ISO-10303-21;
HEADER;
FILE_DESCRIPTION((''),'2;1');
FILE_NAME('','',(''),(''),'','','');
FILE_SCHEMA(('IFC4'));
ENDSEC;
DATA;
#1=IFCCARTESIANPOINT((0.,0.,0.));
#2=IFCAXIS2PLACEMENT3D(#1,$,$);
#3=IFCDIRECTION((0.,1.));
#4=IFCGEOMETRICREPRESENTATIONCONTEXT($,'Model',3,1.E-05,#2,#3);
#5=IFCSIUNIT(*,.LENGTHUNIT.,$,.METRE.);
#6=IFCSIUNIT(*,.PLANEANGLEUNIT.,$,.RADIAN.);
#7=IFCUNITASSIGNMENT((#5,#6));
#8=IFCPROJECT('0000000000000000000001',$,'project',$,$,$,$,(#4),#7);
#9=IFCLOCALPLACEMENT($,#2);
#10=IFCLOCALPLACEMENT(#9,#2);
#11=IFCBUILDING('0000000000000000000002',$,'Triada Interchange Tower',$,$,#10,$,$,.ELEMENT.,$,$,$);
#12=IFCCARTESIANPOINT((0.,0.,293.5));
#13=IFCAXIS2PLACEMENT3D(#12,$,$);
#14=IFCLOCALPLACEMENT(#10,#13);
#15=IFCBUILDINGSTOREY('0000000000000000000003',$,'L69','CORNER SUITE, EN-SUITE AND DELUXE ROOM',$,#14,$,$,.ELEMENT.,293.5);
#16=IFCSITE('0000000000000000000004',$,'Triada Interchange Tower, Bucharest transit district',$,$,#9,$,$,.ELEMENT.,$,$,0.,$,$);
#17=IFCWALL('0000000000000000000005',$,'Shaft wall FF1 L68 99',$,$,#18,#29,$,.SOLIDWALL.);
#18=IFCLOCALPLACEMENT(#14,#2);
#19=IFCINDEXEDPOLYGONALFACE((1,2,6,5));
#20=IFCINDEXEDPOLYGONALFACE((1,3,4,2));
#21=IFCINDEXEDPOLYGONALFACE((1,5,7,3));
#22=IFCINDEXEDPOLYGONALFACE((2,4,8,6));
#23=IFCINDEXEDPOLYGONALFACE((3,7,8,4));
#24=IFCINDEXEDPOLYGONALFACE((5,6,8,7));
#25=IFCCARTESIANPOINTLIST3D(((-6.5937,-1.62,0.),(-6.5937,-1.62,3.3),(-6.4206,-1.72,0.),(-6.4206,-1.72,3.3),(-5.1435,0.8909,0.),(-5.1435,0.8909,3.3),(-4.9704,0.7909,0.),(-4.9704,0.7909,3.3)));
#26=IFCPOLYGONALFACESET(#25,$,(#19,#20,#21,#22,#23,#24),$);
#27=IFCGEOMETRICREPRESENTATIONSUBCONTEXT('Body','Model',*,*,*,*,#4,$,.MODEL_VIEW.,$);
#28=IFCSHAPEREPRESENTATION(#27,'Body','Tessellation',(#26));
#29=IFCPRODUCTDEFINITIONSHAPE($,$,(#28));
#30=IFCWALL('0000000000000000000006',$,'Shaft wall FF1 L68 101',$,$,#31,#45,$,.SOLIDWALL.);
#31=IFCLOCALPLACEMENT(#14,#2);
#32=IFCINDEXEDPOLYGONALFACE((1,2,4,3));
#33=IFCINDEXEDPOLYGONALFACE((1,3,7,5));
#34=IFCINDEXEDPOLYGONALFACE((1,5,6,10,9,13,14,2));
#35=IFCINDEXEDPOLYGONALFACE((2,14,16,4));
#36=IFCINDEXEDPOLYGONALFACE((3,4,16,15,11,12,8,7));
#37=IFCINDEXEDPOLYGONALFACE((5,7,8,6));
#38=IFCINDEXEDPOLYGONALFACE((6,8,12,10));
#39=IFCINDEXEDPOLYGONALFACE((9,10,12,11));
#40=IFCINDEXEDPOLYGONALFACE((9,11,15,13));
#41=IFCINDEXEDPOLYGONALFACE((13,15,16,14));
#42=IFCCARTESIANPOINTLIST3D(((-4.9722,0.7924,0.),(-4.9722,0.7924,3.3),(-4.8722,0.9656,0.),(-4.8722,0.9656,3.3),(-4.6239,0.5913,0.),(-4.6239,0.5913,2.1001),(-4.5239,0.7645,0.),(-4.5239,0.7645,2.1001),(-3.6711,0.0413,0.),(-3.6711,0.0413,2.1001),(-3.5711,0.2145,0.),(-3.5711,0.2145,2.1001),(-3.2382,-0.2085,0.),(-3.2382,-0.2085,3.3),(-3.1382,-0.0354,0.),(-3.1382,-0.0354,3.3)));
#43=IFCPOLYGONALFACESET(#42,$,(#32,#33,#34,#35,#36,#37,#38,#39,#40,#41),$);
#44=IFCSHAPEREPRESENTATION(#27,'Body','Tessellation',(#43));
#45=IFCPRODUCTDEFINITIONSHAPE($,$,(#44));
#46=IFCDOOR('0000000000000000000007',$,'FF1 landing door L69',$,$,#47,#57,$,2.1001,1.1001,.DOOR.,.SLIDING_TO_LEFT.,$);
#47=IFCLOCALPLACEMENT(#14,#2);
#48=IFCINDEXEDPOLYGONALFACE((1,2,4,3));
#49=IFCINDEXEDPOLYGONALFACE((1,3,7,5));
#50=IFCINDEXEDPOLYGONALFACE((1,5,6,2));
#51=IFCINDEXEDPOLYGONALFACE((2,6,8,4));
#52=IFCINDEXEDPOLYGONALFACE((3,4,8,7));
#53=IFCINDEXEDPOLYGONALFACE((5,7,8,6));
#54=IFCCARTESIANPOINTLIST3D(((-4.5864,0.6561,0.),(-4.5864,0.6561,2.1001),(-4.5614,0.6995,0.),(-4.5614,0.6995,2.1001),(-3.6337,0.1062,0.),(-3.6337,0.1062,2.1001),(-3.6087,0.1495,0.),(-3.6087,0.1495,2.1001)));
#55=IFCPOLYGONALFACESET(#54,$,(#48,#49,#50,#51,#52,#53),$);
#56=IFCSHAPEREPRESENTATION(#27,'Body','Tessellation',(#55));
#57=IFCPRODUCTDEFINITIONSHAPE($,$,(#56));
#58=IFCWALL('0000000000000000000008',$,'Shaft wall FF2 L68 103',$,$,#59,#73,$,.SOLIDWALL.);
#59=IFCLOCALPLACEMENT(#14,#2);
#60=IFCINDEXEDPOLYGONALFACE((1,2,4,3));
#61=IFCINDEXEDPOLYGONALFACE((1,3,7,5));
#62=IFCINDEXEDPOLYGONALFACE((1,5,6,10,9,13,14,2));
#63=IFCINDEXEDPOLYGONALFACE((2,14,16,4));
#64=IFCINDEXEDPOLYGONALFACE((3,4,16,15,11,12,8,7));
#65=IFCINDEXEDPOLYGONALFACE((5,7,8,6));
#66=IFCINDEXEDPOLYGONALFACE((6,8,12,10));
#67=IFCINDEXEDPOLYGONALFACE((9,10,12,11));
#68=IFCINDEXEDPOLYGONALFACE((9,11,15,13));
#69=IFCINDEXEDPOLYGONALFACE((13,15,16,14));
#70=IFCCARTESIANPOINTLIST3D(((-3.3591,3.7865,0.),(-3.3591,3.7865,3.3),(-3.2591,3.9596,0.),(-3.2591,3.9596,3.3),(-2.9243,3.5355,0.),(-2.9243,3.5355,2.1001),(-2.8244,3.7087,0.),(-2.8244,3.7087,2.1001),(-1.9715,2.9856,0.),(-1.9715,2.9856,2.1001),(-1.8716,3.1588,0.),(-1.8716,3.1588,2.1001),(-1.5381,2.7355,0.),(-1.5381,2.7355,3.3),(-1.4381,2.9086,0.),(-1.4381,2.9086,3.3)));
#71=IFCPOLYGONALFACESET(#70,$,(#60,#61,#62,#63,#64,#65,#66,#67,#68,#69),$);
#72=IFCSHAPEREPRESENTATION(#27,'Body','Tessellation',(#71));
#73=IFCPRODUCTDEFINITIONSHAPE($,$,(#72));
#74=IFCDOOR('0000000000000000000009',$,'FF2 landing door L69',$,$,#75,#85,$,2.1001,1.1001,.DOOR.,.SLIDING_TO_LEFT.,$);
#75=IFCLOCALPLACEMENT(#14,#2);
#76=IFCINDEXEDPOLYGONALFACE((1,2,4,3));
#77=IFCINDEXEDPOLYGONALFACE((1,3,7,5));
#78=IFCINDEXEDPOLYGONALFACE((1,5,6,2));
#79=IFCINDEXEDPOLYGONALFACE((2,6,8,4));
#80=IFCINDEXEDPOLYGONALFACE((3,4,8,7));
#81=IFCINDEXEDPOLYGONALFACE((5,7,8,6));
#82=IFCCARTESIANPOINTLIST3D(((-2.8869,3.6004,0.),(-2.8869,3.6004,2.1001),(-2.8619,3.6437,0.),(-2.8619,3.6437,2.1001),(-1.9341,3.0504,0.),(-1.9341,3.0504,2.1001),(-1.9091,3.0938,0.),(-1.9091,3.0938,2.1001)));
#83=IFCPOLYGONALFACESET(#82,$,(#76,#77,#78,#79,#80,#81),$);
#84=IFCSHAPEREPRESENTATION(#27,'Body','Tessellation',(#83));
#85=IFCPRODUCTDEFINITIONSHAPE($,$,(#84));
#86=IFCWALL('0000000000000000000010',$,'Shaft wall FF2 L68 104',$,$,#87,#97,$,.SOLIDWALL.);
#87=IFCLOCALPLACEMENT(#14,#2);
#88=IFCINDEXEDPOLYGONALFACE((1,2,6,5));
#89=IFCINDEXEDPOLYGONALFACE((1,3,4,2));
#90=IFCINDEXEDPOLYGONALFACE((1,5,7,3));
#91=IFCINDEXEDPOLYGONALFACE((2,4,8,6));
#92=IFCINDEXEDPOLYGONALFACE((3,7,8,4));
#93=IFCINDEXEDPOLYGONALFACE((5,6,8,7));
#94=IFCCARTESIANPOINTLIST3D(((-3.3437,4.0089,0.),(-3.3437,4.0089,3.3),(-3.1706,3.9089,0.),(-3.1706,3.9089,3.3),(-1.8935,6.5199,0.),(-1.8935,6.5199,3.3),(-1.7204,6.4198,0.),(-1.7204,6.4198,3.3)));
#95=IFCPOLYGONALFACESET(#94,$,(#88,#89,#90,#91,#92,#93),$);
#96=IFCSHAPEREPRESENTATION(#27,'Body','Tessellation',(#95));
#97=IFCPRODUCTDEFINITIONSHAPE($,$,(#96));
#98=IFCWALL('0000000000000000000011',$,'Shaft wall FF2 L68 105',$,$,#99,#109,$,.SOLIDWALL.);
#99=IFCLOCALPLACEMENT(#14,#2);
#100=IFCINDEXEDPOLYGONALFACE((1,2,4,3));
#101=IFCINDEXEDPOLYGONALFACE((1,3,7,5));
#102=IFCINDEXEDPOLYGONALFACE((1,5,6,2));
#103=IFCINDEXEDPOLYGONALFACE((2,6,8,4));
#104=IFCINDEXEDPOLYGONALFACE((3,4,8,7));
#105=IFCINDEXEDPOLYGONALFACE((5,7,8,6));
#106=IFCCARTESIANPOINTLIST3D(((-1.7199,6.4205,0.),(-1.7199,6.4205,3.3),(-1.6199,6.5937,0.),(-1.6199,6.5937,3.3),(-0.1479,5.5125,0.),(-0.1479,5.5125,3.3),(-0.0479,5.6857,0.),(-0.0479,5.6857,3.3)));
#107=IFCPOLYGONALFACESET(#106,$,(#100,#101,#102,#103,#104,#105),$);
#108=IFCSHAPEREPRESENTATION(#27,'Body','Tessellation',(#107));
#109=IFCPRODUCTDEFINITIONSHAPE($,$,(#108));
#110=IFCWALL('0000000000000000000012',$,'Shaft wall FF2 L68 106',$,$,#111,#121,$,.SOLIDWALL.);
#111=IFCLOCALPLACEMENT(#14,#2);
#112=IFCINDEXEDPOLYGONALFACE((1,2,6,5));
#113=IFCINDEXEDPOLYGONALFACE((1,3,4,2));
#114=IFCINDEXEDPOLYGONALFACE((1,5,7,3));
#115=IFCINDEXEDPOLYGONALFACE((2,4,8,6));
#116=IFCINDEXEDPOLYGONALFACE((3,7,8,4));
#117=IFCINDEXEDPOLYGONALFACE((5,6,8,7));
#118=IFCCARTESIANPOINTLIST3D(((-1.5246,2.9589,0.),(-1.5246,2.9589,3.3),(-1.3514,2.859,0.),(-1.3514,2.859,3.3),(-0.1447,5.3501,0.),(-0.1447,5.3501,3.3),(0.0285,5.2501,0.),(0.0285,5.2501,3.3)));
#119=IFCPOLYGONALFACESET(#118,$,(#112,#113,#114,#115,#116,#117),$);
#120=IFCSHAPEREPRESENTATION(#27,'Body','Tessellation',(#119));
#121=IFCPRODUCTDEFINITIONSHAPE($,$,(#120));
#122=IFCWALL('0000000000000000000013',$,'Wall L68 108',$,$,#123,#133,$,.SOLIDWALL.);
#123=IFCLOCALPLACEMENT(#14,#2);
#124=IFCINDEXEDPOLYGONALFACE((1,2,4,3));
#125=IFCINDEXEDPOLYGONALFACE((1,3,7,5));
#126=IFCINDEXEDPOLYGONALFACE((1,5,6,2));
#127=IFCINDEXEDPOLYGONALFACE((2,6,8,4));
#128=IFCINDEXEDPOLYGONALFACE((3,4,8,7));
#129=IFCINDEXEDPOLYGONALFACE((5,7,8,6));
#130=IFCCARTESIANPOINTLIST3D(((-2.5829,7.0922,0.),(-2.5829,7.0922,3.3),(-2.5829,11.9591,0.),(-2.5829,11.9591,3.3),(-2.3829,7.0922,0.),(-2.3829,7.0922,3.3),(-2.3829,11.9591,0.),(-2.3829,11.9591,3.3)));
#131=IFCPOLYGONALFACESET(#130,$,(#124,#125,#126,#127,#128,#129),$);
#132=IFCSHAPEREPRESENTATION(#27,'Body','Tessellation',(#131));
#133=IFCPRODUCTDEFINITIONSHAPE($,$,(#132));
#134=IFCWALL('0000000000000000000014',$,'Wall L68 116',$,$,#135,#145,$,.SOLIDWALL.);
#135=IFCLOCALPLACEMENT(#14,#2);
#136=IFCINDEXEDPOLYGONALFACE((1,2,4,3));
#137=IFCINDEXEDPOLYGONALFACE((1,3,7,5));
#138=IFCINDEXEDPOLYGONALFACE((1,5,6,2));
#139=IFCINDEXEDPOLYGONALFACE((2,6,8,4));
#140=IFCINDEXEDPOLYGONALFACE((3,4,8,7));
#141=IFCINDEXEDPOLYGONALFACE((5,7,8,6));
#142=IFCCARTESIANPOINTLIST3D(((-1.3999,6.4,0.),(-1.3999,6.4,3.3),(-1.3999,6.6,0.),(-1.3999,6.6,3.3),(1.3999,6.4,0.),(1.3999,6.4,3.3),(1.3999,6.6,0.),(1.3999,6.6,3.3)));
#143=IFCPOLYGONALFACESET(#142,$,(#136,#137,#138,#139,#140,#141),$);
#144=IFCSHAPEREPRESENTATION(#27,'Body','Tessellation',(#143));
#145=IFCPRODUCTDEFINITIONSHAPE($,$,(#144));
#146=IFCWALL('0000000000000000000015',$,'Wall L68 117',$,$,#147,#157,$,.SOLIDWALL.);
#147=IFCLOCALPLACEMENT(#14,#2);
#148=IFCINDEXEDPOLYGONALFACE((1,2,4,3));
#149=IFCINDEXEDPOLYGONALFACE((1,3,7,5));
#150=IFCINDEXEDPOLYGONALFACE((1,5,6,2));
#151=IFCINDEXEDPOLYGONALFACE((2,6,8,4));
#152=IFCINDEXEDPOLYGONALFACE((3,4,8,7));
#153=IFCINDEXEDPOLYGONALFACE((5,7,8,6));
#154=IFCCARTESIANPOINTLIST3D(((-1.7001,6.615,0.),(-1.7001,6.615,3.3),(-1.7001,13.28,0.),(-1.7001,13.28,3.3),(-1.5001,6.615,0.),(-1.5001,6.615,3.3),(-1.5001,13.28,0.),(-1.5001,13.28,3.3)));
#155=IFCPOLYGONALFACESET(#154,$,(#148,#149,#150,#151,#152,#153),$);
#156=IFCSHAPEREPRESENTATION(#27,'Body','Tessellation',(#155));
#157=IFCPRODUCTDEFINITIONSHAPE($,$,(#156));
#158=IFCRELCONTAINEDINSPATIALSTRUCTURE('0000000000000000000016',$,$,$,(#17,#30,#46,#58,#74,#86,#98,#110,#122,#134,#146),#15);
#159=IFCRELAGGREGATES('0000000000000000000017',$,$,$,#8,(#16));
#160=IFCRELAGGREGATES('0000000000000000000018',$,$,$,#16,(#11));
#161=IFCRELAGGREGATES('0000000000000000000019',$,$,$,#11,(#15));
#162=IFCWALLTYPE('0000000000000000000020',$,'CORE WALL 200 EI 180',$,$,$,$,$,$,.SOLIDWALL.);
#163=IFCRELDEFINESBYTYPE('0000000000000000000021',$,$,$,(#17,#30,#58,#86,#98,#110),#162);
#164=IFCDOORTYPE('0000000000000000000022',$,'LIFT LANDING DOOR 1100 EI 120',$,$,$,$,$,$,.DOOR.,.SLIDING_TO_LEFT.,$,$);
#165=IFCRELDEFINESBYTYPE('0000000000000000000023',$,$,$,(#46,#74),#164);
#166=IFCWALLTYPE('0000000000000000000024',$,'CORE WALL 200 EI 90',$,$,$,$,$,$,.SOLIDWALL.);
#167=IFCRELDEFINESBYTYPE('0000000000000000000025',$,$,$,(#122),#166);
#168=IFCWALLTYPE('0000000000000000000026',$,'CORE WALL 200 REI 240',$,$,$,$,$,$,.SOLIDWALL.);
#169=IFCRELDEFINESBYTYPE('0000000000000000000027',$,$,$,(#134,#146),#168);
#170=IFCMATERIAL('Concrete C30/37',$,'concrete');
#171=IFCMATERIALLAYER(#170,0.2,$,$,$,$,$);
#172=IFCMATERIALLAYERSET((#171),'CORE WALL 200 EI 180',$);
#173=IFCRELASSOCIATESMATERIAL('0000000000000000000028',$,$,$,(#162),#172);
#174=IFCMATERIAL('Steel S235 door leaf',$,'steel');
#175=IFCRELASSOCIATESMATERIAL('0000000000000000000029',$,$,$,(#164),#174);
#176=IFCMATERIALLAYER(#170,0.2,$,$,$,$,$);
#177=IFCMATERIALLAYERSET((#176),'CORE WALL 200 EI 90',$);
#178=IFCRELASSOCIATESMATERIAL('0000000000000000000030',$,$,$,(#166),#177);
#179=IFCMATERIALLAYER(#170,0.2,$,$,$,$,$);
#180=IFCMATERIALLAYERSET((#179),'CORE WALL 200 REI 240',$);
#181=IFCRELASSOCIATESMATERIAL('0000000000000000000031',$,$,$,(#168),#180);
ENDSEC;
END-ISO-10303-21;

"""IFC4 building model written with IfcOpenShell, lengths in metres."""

from ifc_helpers import new_model, si_unit, direction, frame, frame_2d, origin, place, context, subcontext, project, spatial, rectangle, extrude, material, layer, layer_set, type_object, element, fill, save


model = new_model("IFC4")

# Units and contexts
model_context = context("Model", 3, precision=1e-05, world=origin(), true_north=direction((0.0, 1.0)))
body_context = subcontext(model_context, "Body", "Model", "MODEL_VIEW")
ifc_project = project(units=[si_unit("LENGTHUNIT", "METRE"), si_unit("PLANEANGLEUNIT", "RADIAN")], contexts=[model_context])

# Site, building, storey
site_placement = place(None, origin())
site = spatial("IfcSite", under=ifc_project, at=site_placement, Name="Triada Interchange Tower, Bucharest transit district", CompositionType="ELEMENT", RefElevation=0.0)
building_placement = place(site_placement, origin())
building = spatial("IfcBuilding", under=site, at=building_placement, Name="Triada Interchange Tower", CompositionType="ELEMENT")
storey_placement = place(building_placement, frame((0.0, 0.0, 293.5)))
storey = spatial("IfcBuildingStorey", under=building, at=storey_placement, Name="L69", Description="CORNER SUITE, EN-SUITE AND DELUXE ROOM", CompositionType="ELEMENT", Elevation=293.5)

# Shared definitions
ifc_material_1 = material(Name="Concrete C30/37", Category="concrete")

# Shared definitions
ifc_layer_1 = layer(ifc_material_1, 0.2)
ifc_layer_set_1 = layer_set([ifc_layer_1], Name="CORE WALL 200 EI 180")
wall_type_1 = type_object("IfcWallType", Name="CORE WALL 200 EI 180", PredefinedType="SOLIDWALL", material=ifc_layer_set_1)
ifc_material_2 = material(Name="Steel S235 door leaf", Category="steel")
door_type_1 = type_object("IfcDoorType", Name="LIFT LANDING DOOR 1100 EI 120", OperationType="SLIDING_TO_LEFT", PredefinedType="DOOR", material=ifc_material_2)

# Wall
wall_1_placement = place(storey_placement, frame((-6.5071, -1.6699, 0.0), z_axis=(0.0, 0.0, 1.0), x_axis=(0.500123, 0.865954, 0.0)))
element("IfcWall", 1, at=wall_1_placement, inside=storey, type_object=wall_type_1, Name="Shaft wall FF1 L68 99", PredefinedType="SOLIDWALL", context=body_context, shape_type="SweptSolid", body=[
    extrude(rectangle(XDim=2.8997, YDim=0.2, at=frame_2d((1.4497, 0.0))), origin(), (0.0, 0.0, 1.0), 3.3),
])

# Walls, openings, doors
wall_2_placement = place(storey_placement, frame((-4.9221, 0.8789, 0.0), z_axis=(0.0, 0.0, 1.0), x_axis=(0.866074, -0.499916, 0.0)))
wall_2 = element("IfcWall", 2, at=wall_2_placement, inside=storey, type_object=wall_type_1, Name="Shaft wall FF1 L68 101", PredefinedType="SOLIDWALL", context=body_context, shape_type="SweptSolid", body=[
    extrude(rectangle(XDim=2.0022, YDim=0.2, at=frame_2d((1.001, 0.0))), origin(), (0.0, 0.0, 1.0), 3.3),
])
opening_1_placement = place(wall_2_placement, frame((0.4021, 0.0, 0.0)))
opening_1 = element("IfcOpeningElement", 3, at=opening_1_placement, cuts=wall_2, PredefinedType="OPENING", context=body_context, shape_type="SweptSolid", body=[
    extrude(rectangle(XDim=1.1001, YDim=2.1001, at=frame_2d((0.55, 1.05))), frame((0.0, 0.1099, 0.0), z_axis=(0.0, -1.0, 0.0), x_axis=(1.0, 0.0, 0.0)), (0.0, 0.0, 1.0), 0.22),
])
door_1_placement = place(opening_1_placement, origin())
door_1 = element("IfcDoor", 4, at=door_1_placement, inside=storey, type_object=door_type_1, Name="FF1 landing door L69", OperationType="SLIDING_TO_LEFT", OverallHeight=2.1001, OverallWidth=1.1001, PredefinedType="DOOR", context=body_context, shape_type="SweptSolid", body=[
    extrude(rectangle(XDim=1.1001, YDim=2.1001, at=frame_2d((0.55, 1.05))), frame((0.0, 0.0249, 0.0), z_axis=(0.0, -1.0, 0.0), x_axis=(1.0, 0.0, 0.0)), (0.0, 0.0, 1.0), 0.05),
])
fill(opening_1, door_1)
wall_3_placement = place(storey_placement, frame((-3.3091, 3.873, 0.0), z_axis=(0.0, 0.0, 1.0), x_axis=(0.866099, -0.499873, 0.0)))
wall_3 = element("IfcWall", 5, at=wall_3_placement, inside=storey, type_object=wall_type_1, Name="Shaft wall FF2 L68 103", PredefinedType="SOLIDWALL", context=body_context, shape_type="SweptSolid", body=[
    extrude(rectangle(XDim=2.1025, YDim=0.2, at=frame_2d((1.0513, 0.0))), origin(), (0.0, 0.0, 1.0), 3.3),
])
opening_2_placement = place(wall_3_placement, frame((0.502, 0.0, 0.0)))
opening_2 = element("IfcOpeningElement", 6, at=opening_2_placement, cuts=wall_3, PredefinedType="OPENING", context=body_context, shape_type="SweptSolid", body=[
    extrude(rectangle(XDim=1.1001, YDim=2.1001, at=frame_2d((0.55, 1.05))), frame((0.0, 0.1099, 0.0), z_axis=(0.0, -1.0, 0.0), x_axis=(1.0, 0.0, 0.0)), (0.0, 0.0, 1.0), 0.22),
])
door_2_placement = place(opening_2_placement, origin())
door_2 = element("IfcDoor", 7, at=door_2_placement, inside=storey, type_object=door_type_1, Name="FF2 landing door L69", OperationType="SLIDING_TO_LEFT", OverallHeight=2.1001, OverallWidth=1.1001, PredefinedType="DOOR", context=body_context, shape_type="SweptSolid", body=[
    extrude(rectangle(XDim=1.1001, YDim=2.1001, at=frame_2d((0.55, 1.05))), frame((0.0, 0.0249, 0.0), z_axis=(0.0, -1.0, 0.0), x_axis=(1.0, 0.0, 0.0)), (0.0, 0.0, 1.0), 0.05),
])
fill(opening_2, door_2)

# Walls
wall_4_placement = place(storey_placement, frame((-3.2571, 3.959, 0.0), z_axis=(0.0, 0.0, 1.0), x_axis=(0.500123, 0.865954, 0.0)))
element("IfcWall", 8, at=wall_4_placement, inside=storey, type_object=wall_type_1, Name="Shaft wall FF2 L68 104", PredefinedType="SOLIDWALL", context=body_context, shape_type="SweptSolid", body=[
    extrude(rectangle(XDim=2.8997, YDim=0.2, at=frame_2d((1.4497, 0.0))), origin(), (0.0, 0.0, 1.0), 3.3),
])
wall_5_placement = place(storey_placement, frame((-1.6699, 6.5071, 0.0), z_axis=(0.0, 0.0, 1.0), x_axis=(0.865941, -0.500145, 0.0)))
element("IfcWall", 9, at=wall_5_placement, inside=storey, type_object=wall_type_1, Name="Shaft wall FF2 L68 105", PredefinedType="SOLIDWALL", context=body_context, shape_type="SweptSolid", body=[
    extrude(rectangle(XDim=1.8154, YDim=0.2, at=frame_2d((0.9077, 0.0))), origin(), (0.0, 0.0, 1.0), 3.3),
])
wall_6_placement = place(storey_placement, frame((-1.438, 2.9089, 0.0), z_axis=(0.0, 0.0, 1.0), x_axis=(0.49983, 0.866124, 0.0)))
element("IfcWall", 10, at=wall_6_placement, inside=storey, type_object=wall_type_1, Name="Shaft wall FF2 L68 106", PredefinedType="SOLIDWALL", context=body_context, shape_type="SweptSolid", body=[
    extrude(rectangle(XDim=2.7607, YDim=0.2, at=frame_2d((1.3804, 0.0))), origin(), (0.0, 0.0, 1.0), 3.3),
])
ifc_layer_2 = layer(ifc_material_1, 0.2)
ifc_layer_set_2 = layer_set([ifc_layer_2], Name="CORE WALL 200 EI 90")
wall_type_2 = type_object("IfcWallType", Name="CORE WALL 200 EI 90", PredefinedType="SOLIDWALL", material=ifc_layer_set_2)
wall_7_placement = place(storey_placement, frame((-2.4829, 7.092, 0.0), z_axis=(0.0, 0.0, 1.0), x_axis=(0.0, 1.0, 0.0)))
element("IfcWall", 11, at=wall_7_placement, inside=storey, type_object=wall_type_2, Name="Wall L68 108", PredefinedType="SOLIDWALL", context=body_context, shape_type="SweptSolid", body=[
    extrude(rectangle(XDim=4.8669, YDim=0.2, at=frame_2d((2.4336, 0.0))), origin(), (0.0, 0.0, 1.0), 3.3),
])
ifc_layer_3 = layer(ifc_material_1, 0.2)
ifc_layer_set_3 = layer_set([ifc_layer_3], Name="CORE WALL 200 REI 240")
wall_type_3 = type_object("IfcWallType", Name="CORE WALL 200 REI 240", PredefinedType="SOLIDWALL", material=ifc_layer_set_3)
wall_8_placement = place(storey_placement, frame((-1.3999, 6.5, 0.0), z_axis=(0.0, 0.0, 1.0), x_axis=(1.0, 0.0, 0.0)))
element("IfcWall", 12, at=wall_8_placement, inside=storey, type_object=wall_type_3, Name="Wall L68 116", PredefinedType="SOLIDWALL", context=body_context, shape_type="SweptSolid", body=[
    extrude(rectangle(XDim=2.7998, YDim=0.2, at=frame_2d((1.3999, 0.0))), origin(), (0.0, 0.0, 1.0), 3.3),
])
wall_9_placement = place(storey_placement, frame((-1.6001, 6.615, 0.0), z_axis=(0.0, 0.0, 1.0), x_axis=(0.0, 1.0, 0.0)))
element("IfcWall", 13, at=wall_9_placement, inside=storey, type_object=wall_type_3, Name="Wall L68 117", PredefinedType="SOLIDWALL", context=body_context, shape_type="SweptSolid", body=[
    extrude(rectangle(XDim=6.665, YDim=0.2, at=frame_2d((3.3325, 0.0))), origin(), (0.0, 0.0, 1.0), 3.3),
])

save(model, "model.ifc")
